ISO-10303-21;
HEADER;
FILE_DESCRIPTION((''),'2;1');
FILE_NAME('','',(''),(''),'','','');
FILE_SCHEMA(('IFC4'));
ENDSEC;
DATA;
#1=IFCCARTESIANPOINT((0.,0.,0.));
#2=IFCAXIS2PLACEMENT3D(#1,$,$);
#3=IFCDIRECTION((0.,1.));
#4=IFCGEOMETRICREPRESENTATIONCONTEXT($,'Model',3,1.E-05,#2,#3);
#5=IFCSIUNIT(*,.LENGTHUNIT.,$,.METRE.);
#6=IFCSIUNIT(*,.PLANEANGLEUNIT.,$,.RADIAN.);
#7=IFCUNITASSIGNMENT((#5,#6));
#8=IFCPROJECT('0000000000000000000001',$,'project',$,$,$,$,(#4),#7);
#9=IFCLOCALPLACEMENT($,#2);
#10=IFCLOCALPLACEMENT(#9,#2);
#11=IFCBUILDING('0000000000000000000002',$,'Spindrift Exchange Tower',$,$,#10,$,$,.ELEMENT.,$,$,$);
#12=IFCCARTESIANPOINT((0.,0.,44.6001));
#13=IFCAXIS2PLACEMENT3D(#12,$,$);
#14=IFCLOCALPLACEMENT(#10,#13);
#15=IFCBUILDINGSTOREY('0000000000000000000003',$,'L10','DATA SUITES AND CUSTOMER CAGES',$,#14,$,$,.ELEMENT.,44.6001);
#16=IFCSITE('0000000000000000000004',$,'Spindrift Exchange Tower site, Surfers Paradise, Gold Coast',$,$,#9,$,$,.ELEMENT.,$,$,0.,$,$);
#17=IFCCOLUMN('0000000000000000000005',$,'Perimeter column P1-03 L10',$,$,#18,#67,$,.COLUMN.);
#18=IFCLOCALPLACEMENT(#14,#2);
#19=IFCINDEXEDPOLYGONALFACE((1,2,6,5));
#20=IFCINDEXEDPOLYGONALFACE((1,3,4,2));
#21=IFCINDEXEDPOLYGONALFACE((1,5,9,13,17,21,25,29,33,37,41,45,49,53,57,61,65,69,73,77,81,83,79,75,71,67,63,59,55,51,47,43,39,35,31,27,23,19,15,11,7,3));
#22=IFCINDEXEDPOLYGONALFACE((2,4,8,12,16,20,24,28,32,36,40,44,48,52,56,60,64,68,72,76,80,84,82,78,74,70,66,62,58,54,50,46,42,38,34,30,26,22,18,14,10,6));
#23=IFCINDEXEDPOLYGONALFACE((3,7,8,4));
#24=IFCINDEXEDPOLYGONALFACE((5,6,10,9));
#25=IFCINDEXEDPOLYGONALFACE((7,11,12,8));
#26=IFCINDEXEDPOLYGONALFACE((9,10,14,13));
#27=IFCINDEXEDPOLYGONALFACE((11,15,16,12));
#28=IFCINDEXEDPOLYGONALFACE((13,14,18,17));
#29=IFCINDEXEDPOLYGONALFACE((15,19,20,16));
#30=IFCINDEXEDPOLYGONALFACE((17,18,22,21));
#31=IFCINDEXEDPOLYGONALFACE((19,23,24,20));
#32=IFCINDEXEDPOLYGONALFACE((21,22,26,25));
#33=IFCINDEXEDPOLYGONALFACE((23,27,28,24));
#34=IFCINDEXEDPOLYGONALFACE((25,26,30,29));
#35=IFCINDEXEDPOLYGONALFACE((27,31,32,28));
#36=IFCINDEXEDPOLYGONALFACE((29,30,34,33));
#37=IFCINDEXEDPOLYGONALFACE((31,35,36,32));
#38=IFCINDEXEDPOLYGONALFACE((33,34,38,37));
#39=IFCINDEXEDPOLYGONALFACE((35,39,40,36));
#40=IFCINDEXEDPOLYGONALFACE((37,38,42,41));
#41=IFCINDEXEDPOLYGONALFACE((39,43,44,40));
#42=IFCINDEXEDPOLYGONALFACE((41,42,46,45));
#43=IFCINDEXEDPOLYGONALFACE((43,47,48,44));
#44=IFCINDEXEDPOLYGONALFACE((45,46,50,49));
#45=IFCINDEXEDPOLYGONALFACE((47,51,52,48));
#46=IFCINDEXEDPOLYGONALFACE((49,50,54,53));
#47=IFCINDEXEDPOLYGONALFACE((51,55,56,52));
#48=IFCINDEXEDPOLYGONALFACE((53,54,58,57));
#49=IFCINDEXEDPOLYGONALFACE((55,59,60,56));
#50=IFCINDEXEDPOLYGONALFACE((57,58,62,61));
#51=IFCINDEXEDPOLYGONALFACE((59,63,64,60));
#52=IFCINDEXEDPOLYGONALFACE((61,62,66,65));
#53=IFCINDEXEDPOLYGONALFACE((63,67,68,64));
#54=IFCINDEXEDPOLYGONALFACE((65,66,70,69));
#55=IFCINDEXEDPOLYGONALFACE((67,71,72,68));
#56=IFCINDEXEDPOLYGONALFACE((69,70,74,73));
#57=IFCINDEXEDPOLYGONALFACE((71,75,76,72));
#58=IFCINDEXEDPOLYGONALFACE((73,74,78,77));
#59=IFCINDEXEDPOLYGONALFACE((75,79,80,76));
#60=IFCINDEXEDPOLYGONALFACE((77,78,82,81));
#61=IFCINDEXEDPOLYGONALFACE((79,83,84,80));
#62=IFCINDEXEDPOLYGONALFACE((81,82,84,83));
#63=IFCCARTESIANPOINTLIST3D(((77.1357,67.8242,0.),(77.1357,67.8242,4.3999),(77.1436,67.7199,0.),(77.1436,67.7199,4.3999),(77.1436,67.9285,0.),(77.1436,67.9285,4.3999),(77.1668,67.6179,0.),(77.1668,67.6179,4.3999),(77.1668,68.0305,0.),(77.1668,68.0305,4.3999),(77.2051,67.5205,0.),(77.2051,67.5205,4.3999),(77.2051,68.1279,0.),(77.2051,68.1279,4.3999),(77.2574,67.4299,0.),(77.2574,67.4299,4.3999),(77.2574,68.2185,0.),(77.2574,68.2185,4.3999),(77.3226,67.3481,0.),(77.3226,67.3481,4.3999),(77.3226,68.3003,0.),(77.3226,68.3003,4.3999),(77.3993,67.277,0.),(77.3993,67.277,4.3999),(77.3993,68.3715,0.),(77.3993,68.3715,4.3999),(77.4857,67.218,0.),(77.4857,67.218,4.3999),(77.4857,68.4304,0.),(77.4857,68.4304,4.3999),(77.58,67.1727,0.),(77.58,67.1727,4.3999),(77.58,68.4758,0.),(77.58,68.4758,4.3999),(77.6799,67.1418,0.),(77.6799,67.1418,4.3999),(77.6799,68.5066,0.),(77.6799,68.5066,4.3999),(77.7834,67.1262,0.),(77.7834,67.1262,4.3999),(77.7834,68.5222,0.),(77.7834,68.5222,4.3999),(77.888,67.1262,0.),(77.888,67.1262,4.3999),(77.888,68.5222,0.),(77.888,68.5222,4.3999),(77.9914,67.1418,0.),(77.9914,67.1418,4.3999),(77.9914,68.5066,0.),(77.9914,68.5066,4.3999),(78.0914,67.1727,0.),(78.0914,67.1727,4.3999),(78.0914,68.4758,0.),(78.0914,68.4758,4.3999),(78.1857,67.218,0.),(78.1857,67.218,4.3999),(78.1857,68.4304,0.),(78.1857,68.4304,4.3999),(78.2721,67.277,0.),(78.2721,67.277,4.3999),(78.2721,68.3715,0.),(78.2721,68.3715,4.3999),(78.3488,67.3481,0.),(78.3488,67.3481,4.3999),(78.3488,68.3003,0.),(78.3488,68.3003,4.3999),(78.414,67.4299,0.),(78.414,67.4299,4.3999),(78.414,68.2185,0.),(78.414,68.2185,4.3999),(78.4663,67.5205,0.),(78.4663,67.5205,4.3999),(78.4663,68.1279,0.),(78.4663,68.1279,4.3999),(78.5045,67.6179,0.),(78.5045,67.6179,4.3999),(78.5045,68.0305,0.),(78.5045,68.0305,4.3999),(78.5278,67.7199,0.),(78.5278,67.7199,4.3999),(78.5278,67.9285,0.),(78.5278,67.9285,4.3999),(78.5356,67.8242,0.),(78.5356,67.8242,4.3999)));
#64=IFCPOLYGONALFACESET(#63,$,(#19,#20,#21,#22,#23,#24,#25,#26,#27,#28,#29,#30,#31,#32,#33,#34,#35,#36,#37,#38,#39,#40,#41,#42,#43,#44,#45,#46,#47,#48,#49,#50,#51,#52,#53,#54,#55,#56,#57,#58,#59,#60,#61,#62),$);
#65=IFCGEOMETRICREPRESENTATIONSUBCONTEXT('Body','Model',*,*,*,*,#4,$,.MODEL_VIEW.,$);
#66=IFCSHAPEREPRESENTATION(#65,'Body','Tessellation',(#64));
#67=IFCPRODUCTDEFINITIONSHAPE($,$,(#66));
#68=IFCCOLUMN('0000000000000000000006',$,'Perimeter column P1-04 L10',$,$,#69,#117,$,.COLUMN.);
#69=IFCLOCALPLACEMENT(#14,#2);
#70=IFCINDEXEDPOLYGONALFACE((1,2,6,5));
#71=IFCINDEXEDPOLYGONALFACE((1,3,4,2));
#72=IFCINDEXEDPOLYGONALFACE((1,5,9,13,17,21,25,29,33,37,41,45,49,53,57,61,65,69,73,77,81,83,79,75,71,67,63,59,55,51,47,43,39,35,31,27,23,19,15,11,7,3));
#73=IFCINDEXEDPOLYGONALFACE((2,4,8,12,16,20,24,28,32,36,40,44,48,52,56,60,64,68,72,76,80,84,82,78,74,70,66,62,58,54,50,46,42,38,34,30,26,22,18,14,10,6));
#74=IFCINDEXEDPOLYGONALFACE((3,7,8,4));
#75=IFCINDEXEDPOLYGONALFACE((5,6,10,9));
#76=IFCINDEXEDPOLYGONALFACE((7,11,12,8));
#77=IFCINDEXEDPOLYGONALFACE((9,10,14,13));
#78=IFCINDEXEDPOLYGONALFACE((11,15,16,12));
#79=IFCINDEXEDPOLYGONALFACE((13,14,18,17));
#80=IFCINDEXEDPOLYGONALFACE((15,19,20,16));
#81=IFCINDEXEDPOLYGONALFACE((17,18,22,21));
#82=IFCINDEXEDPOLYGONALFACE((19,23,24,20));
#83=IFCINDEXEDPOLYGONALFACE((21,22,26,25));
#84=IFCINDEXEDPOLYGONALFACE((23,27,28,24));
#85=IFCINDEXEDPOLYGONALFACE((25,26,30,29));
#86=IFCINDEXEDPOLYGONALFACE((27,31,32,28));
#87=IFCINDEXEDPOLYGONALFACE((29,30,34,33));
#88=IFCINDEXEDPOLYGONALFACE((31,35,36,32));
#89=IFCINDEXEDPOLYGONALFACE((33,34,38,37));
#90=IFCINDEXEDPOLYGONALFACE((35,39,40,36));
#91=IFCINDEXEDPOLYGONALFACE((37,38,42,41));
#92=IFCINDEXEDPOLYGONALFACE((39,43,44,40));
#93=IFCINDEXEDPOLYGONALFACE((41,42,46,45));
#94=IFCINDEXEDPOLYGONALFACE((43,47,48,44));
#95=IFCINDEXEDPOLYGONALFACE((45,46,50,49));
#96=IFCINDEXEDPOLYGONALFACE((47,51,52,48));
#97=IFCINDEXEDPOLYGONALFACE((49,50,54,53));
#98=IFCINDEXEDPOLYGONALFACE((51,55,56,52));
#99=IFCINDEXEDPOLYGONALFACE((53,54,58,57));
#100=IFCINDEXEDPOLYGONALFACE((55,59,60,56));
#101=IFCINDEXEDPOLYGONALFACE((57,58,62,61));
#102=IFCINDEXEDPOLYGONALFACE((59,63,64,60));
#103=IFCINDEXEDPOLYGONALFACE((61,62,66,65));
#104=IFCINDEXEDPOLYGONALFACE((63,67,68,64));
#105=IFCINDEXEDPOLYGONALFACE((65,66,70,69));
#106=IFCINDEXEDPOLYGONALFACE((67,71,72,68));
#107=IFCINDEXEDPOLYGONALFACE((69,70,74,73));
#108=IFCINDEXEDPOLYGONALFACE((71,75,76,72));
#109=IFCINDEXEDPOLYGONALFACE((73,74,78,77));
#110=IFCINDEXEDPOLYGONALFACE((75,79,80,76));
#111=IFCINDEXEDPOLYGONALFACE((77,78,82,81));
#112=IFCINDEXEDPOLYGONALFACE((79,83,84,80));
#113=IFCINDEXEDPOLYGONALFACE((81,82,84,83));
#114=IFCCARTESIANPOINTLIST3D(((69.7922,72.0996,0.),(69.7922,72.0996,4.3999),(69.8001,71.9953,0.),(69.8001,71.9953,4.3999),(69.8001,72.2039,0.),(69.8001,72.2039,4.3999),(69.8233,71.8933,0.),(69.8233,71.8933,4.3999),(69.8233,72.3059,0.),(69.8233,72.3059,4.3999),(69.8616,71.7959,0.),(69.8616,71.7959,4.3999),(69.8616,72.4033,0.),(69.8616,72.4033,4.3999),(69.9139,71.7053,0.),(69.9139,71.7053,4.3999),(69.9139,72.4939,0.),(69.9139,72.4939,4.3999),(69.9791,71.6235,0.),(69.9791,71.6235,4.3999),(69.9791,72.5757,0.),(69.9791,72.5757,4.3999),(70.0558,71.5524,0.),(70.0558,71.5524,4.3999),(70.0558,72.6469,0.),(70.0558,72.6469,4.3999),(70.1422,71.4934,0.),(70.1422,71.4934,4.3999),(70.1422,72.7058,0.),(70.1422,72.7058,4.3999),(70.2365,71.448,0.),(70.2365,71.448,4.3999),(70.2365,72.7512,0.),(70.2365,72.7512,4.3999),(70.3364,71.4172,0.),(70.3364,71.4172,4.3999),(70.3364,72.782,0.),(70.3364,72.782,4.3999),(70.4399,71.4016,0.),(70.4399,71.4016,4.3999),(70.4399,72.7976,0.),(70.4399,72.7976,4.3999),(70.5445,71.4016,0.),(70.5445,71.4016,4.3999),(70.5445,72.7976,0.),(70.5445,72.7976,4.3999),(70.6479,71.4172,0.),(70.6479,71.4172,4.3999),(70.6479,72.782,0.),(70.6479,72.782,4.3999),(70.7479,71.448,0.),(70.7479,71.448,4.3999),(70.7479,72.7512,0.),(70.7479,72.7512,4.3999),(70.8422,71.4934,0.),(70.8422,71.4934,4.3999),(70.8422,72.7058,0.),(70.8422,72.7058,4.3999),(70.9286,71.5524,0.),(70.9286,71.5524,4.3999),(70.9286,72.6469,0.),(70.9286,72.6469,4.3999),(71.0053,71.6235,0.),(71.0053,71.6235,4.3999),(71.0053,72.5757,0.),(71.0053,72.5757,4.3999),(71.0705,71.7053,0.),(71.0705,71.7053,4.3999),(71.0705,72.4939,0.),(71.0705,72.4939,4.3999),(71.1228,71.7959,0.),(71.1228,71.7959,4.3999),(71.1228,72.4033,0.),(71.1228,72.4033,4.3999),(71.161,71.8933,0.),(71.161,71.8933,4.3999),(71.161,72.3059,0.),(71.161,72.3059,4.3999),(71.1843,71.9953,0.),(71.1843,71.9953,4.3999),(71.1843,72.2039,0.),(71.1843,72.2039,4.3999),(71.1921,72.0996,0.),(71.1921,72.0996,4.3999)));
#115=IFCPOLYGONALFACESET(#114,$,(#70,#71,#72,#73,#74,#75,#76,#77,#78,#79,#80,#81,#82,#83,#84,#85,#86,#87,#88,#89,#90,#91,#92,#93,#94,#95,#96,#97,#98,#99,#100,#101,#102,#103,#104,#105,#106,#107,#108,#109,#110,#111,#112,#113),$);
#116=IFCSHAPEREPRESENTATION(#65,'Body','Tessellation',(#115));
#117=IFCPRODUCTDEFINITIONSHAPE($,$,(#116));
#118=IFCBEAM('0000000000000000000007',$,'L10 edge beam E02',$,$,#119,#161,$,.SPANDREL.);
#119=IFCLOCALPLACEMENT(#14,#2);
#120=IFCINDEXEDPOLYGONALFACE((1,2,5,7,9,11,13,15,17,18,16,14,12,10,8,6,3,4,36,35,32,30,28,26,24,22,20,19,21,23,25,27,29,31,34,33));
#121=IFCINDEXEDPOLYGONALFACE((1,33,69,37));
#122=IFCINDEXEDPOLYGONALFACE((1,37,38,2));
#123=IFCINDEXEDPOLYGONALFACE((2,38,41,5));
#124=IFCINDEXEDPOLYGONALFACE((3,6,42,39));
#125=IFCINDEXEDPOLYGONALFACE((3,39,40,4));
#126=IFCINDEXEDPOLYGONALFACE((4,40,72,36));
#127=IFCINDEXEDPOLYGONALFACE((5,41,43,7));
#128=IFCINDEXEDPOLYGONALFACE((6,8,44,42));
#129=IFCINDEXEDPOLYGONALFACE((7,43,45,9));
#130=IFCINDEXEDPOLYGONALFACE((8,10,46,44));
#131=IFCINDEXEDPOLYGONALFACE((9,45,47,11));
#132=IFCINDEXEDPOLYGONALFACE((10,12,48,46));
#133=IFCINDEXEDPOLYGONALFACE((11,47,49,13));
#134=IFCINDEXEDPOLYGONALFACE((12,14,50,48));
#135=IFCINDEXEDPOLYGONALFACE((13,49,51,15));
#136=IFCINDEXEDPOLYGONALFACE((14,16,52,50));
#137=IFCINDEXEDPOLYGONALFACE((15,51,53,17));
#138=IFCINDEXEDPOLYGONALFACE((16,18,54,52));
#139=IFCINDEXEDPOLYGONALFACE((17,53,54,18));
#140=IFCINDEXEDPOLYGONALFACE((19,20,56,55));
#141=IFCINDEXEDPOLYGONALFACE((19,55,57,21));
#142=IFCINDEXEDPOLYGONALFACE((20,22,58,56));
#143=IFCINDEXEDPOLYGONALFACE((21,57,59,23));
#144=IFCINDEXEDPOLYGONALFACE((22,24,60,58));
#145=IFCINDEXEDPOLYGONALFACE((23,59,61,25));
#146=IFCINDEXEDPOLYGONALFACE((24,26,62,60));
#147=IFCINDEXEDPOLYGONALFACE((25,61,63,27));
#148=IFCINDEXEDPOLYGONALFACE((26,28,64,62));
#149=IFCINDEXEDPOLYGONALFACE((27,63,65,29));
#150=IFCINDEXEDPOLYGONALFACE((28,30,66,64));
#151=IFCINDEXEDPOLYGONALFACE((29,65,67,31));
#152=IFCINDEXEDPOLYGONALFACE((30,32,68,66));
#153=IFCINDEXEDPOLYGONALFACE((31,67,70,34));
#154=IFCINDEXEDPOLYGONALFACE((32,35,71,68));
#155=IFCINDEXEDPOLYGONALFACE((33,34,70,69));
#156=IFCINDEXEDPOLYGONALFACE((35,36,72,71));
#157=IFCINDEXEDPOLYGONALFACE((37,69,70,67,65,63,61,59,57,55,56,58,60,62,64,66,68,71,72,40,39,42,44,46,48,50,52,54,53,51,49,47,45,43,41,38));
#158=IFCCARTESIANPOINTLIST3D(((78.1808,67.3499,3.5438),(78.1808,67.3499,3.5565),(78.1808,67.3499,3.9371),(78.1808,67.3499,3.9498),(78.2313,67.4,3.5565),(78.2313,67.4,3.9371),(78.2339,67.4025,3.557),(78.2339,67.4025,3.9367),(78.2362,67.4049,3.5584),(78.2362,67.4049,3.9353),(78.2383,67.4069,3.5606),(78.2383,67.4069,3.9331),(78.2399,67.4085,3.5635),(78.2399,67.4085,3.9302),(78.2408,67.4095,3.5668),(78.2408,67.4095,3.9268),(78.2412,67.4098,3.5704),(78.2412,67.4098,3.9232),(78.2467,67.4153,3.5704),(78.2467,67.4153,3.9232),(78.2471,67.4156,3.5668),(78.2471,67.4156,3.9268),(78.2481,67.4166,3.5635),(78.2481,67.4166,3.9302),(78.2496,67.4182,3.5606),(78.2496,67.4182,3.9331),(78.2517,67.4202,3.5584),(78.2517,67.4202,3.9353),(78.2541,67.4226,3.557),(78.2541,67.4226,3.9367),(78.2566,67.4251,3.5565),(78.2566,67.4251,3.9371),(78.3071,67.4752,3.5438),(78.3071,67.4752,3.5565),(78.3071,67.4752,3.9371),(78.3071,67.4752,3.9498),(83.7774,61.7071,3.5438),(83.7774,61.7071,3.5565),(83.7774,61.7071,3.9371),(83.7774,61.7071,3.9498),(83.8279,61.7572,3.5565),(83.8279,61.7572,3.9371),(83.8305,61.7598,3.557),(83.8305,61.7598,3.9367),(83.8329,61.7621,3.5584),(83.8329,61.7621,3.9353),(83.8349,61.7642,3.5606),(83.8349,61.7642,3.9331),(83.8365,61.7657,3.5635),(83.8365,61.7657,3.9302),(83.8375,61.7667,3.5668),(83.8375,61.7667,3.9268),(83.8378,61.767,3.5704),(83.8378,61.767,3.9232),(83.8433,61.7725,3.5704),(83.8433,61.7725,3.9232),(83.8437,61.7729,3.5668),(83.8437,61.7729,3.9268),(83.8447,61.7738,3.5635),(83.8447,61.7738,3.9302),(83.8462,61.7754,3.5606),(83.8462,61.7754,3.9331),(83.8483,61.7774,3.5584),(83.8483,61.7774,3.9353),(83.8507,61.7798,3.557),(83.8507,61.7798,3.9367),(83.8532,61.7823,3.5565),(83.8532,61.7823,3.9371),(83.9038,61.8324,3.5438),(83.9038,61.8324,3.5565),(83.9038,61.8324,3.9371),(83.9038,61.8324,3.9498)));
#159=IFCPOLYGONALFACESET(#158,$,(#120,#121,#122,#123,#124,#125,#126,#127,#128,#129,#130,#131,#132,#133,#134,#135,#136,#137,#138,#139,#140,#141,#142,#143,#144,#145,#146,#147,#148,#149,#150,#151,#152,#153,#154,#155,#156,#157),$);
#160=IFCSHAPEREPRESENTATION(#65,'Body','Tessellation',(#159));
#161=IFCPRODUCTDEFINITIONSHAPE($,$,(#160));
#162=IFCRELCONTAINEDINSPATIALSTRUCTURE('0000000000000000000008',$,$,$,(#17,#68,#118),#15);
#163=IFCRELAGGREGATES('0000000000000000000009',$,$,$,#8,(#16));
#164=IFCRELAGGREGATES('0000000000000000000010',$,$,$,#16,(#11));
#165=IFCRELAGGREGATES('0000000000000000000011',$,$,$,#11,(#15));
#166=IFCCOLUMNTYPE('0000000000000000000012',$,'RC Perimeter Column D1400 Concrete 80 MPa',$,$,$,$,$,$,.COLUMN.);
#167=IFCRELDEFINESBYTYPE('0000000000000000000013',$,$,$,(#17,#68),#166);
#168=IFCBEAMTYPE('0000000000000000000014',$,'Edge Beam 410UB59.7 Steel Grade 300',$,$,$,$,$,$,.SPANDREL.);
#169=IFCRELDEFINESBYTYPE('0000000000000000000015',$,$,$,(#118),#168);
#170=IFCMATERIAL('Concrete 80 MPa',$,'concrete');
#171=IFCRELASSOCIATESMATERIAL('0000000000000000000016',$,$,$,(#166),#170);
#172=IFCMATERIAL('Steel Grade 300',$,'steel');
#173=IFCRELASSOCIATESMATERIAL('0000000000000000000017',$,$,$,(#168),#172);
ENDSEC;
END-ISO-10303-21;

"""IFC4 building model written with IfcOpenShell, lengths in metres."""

from ifc_helpers import new_model, si_unit, direction, frame, origin, origin_2d, place, context, subcontext, project, spatial, circle, i_section, extrude, source, transform, mapped, material, material_profile, profile_set, type_object, element, save


model = new_model("IFC4")

# Units and contexts
model_context = context("Model", 3, precision=1e-05, world=origin(), true_north=direction((0.0, 1.0)))
body_context = subcontext(model_context, "Body", "Model", "MODEL_VIEW")
ifc_project = project(units=[si_unit("LENGTHUNIT", "METRE"), si_unit("PLANEANGLEUNIT", "RADIAN")], contexts=[model_context])

# Site, building, storey
site_placement = place(None, origin())
site = spatial("IfcSite", under=ifc_project, at=site_placement, Name="Spindrift Exchange Tower site, Surfers Paradise, Gold Coast", CompositionType="ELEMENT", RefElevation=0.0)
building_placement = place(site_placement, origin())
building = spatial("IfcBuilding", under=site, at=building_placement, Name="Spindrift Exchange Tower", CompositionType="ELEMENT")
storey_placement = place(building_placement, frame((0.0, 0.0, 44.6001)))
storey = spatial("IfcBuildingStorey", under=building, at=storey_placement, Name="L10", Description="DATA SUITES AND CUSTOMER CAGES", CompositionType="ELEMENT", Elevation=44.6001)

# Columns
ifc_material_1 = material(Name="Concrete 80 MPa", Category="concrete")
ifc_material_profile_1 = material_profile(ifc_material_1, circle(Radius=0.7, at=origin_2d()), Name="RC D1400")
ifc_profile_set_1 = profile_set([ifc_material_profile_1], Name="Concrete 80 MPa")
column_type = type_object("IfcColumnType", Name="RC Perimeter Column D1400 Concrete 80 MPa", PredefinedType="COLUMN", material=ifc_profile_set_1)
shared_shape_1 = source(origin(), body_context, "Body", "SweptSolid", [
    extrude(circle(Radius=0.7, at=origin_2d()), origin(), (0.0, 0.0, 1.0), 4.3999),
])
for number, where, z_axis, x_axis, name in (
    (1, (77.8357, 67.8242, 0.0), (0.0, 0.0, 1.0), (1.0, 0.0, 0.0), "Perimeter column P1-03 L10"),
    (2, (70.4922, 72.0996, 0.0), (0.0, 0.0, 1.0), (1.0, 0.0, 0.0), "Perimeter column P1-04 L10"),
):
    element("IfcColumn", number, at=place(storey_placement, frame(where, z_axis=z_axis, x_axis=x_axis)), inside=storey, type_object=column_type, Name=name, PredefinedType="COLUMN", context=body_context, shape_type="MappedRepresentation", body=[
        mapped(shared_shape_1, transform((0.0, 0.0, 0.0), scale=1.0)),
    ])

# Beam
ifc_material_2 = material(Name="Steel Grade 300", Category="steel")
ifc_material_profile_2 = material_profile(ifc_material_2, i_section(OverallWidth=0.178, OverallDepth=0.406, WebThickness=0.0078, FlangeThickness=0.0127, FilletRadius=0.0139, at=origin_2d()), Name="410UB59.7")
ifc_profile_set_2 = profile_set([ifc_material_profile_2], Name="Steel Grade 300")
beam_type_1 = type_object("IfcBeamType", Name="Edge Beam 410UB59.7 Steel Grade 300", PredefinedType="SPANDREL", material=ifc_profile_set_2)
shared_shape_2 = source(origin(), body_context, "Body", "SweptSolid", [
    extrude(i_section(OverallWidth=0.178, OverallDepth=0.406, WebThickness=0.0078, FlangeThickness=0.0127, FilletRadius=0.0139, at=origin_2d()), origin(), (0.0, 0.0, 1.0), 7.9475),
])
beam_1_placement = place(storey_placement, frame((83.8406, 61.7698, 3.7468), z_axis=(-0.704198, 0.710004, 0.0), x_axis=(-0.710004, -0.704198, 0.0)))
element("IfcBeam", 3, at=beam_1_placement, inside=storey, type_object=beam_type_1, Name="L10 edge beam E02", PredefinedType="SPANDREL", context=body_context, shape_type="MappedRepresentation", body=[
    mapped(shared_shape_2, transform((0.0, 0.0, 0.0), scale=1.0)),
])

save(model, "model.ifc")
